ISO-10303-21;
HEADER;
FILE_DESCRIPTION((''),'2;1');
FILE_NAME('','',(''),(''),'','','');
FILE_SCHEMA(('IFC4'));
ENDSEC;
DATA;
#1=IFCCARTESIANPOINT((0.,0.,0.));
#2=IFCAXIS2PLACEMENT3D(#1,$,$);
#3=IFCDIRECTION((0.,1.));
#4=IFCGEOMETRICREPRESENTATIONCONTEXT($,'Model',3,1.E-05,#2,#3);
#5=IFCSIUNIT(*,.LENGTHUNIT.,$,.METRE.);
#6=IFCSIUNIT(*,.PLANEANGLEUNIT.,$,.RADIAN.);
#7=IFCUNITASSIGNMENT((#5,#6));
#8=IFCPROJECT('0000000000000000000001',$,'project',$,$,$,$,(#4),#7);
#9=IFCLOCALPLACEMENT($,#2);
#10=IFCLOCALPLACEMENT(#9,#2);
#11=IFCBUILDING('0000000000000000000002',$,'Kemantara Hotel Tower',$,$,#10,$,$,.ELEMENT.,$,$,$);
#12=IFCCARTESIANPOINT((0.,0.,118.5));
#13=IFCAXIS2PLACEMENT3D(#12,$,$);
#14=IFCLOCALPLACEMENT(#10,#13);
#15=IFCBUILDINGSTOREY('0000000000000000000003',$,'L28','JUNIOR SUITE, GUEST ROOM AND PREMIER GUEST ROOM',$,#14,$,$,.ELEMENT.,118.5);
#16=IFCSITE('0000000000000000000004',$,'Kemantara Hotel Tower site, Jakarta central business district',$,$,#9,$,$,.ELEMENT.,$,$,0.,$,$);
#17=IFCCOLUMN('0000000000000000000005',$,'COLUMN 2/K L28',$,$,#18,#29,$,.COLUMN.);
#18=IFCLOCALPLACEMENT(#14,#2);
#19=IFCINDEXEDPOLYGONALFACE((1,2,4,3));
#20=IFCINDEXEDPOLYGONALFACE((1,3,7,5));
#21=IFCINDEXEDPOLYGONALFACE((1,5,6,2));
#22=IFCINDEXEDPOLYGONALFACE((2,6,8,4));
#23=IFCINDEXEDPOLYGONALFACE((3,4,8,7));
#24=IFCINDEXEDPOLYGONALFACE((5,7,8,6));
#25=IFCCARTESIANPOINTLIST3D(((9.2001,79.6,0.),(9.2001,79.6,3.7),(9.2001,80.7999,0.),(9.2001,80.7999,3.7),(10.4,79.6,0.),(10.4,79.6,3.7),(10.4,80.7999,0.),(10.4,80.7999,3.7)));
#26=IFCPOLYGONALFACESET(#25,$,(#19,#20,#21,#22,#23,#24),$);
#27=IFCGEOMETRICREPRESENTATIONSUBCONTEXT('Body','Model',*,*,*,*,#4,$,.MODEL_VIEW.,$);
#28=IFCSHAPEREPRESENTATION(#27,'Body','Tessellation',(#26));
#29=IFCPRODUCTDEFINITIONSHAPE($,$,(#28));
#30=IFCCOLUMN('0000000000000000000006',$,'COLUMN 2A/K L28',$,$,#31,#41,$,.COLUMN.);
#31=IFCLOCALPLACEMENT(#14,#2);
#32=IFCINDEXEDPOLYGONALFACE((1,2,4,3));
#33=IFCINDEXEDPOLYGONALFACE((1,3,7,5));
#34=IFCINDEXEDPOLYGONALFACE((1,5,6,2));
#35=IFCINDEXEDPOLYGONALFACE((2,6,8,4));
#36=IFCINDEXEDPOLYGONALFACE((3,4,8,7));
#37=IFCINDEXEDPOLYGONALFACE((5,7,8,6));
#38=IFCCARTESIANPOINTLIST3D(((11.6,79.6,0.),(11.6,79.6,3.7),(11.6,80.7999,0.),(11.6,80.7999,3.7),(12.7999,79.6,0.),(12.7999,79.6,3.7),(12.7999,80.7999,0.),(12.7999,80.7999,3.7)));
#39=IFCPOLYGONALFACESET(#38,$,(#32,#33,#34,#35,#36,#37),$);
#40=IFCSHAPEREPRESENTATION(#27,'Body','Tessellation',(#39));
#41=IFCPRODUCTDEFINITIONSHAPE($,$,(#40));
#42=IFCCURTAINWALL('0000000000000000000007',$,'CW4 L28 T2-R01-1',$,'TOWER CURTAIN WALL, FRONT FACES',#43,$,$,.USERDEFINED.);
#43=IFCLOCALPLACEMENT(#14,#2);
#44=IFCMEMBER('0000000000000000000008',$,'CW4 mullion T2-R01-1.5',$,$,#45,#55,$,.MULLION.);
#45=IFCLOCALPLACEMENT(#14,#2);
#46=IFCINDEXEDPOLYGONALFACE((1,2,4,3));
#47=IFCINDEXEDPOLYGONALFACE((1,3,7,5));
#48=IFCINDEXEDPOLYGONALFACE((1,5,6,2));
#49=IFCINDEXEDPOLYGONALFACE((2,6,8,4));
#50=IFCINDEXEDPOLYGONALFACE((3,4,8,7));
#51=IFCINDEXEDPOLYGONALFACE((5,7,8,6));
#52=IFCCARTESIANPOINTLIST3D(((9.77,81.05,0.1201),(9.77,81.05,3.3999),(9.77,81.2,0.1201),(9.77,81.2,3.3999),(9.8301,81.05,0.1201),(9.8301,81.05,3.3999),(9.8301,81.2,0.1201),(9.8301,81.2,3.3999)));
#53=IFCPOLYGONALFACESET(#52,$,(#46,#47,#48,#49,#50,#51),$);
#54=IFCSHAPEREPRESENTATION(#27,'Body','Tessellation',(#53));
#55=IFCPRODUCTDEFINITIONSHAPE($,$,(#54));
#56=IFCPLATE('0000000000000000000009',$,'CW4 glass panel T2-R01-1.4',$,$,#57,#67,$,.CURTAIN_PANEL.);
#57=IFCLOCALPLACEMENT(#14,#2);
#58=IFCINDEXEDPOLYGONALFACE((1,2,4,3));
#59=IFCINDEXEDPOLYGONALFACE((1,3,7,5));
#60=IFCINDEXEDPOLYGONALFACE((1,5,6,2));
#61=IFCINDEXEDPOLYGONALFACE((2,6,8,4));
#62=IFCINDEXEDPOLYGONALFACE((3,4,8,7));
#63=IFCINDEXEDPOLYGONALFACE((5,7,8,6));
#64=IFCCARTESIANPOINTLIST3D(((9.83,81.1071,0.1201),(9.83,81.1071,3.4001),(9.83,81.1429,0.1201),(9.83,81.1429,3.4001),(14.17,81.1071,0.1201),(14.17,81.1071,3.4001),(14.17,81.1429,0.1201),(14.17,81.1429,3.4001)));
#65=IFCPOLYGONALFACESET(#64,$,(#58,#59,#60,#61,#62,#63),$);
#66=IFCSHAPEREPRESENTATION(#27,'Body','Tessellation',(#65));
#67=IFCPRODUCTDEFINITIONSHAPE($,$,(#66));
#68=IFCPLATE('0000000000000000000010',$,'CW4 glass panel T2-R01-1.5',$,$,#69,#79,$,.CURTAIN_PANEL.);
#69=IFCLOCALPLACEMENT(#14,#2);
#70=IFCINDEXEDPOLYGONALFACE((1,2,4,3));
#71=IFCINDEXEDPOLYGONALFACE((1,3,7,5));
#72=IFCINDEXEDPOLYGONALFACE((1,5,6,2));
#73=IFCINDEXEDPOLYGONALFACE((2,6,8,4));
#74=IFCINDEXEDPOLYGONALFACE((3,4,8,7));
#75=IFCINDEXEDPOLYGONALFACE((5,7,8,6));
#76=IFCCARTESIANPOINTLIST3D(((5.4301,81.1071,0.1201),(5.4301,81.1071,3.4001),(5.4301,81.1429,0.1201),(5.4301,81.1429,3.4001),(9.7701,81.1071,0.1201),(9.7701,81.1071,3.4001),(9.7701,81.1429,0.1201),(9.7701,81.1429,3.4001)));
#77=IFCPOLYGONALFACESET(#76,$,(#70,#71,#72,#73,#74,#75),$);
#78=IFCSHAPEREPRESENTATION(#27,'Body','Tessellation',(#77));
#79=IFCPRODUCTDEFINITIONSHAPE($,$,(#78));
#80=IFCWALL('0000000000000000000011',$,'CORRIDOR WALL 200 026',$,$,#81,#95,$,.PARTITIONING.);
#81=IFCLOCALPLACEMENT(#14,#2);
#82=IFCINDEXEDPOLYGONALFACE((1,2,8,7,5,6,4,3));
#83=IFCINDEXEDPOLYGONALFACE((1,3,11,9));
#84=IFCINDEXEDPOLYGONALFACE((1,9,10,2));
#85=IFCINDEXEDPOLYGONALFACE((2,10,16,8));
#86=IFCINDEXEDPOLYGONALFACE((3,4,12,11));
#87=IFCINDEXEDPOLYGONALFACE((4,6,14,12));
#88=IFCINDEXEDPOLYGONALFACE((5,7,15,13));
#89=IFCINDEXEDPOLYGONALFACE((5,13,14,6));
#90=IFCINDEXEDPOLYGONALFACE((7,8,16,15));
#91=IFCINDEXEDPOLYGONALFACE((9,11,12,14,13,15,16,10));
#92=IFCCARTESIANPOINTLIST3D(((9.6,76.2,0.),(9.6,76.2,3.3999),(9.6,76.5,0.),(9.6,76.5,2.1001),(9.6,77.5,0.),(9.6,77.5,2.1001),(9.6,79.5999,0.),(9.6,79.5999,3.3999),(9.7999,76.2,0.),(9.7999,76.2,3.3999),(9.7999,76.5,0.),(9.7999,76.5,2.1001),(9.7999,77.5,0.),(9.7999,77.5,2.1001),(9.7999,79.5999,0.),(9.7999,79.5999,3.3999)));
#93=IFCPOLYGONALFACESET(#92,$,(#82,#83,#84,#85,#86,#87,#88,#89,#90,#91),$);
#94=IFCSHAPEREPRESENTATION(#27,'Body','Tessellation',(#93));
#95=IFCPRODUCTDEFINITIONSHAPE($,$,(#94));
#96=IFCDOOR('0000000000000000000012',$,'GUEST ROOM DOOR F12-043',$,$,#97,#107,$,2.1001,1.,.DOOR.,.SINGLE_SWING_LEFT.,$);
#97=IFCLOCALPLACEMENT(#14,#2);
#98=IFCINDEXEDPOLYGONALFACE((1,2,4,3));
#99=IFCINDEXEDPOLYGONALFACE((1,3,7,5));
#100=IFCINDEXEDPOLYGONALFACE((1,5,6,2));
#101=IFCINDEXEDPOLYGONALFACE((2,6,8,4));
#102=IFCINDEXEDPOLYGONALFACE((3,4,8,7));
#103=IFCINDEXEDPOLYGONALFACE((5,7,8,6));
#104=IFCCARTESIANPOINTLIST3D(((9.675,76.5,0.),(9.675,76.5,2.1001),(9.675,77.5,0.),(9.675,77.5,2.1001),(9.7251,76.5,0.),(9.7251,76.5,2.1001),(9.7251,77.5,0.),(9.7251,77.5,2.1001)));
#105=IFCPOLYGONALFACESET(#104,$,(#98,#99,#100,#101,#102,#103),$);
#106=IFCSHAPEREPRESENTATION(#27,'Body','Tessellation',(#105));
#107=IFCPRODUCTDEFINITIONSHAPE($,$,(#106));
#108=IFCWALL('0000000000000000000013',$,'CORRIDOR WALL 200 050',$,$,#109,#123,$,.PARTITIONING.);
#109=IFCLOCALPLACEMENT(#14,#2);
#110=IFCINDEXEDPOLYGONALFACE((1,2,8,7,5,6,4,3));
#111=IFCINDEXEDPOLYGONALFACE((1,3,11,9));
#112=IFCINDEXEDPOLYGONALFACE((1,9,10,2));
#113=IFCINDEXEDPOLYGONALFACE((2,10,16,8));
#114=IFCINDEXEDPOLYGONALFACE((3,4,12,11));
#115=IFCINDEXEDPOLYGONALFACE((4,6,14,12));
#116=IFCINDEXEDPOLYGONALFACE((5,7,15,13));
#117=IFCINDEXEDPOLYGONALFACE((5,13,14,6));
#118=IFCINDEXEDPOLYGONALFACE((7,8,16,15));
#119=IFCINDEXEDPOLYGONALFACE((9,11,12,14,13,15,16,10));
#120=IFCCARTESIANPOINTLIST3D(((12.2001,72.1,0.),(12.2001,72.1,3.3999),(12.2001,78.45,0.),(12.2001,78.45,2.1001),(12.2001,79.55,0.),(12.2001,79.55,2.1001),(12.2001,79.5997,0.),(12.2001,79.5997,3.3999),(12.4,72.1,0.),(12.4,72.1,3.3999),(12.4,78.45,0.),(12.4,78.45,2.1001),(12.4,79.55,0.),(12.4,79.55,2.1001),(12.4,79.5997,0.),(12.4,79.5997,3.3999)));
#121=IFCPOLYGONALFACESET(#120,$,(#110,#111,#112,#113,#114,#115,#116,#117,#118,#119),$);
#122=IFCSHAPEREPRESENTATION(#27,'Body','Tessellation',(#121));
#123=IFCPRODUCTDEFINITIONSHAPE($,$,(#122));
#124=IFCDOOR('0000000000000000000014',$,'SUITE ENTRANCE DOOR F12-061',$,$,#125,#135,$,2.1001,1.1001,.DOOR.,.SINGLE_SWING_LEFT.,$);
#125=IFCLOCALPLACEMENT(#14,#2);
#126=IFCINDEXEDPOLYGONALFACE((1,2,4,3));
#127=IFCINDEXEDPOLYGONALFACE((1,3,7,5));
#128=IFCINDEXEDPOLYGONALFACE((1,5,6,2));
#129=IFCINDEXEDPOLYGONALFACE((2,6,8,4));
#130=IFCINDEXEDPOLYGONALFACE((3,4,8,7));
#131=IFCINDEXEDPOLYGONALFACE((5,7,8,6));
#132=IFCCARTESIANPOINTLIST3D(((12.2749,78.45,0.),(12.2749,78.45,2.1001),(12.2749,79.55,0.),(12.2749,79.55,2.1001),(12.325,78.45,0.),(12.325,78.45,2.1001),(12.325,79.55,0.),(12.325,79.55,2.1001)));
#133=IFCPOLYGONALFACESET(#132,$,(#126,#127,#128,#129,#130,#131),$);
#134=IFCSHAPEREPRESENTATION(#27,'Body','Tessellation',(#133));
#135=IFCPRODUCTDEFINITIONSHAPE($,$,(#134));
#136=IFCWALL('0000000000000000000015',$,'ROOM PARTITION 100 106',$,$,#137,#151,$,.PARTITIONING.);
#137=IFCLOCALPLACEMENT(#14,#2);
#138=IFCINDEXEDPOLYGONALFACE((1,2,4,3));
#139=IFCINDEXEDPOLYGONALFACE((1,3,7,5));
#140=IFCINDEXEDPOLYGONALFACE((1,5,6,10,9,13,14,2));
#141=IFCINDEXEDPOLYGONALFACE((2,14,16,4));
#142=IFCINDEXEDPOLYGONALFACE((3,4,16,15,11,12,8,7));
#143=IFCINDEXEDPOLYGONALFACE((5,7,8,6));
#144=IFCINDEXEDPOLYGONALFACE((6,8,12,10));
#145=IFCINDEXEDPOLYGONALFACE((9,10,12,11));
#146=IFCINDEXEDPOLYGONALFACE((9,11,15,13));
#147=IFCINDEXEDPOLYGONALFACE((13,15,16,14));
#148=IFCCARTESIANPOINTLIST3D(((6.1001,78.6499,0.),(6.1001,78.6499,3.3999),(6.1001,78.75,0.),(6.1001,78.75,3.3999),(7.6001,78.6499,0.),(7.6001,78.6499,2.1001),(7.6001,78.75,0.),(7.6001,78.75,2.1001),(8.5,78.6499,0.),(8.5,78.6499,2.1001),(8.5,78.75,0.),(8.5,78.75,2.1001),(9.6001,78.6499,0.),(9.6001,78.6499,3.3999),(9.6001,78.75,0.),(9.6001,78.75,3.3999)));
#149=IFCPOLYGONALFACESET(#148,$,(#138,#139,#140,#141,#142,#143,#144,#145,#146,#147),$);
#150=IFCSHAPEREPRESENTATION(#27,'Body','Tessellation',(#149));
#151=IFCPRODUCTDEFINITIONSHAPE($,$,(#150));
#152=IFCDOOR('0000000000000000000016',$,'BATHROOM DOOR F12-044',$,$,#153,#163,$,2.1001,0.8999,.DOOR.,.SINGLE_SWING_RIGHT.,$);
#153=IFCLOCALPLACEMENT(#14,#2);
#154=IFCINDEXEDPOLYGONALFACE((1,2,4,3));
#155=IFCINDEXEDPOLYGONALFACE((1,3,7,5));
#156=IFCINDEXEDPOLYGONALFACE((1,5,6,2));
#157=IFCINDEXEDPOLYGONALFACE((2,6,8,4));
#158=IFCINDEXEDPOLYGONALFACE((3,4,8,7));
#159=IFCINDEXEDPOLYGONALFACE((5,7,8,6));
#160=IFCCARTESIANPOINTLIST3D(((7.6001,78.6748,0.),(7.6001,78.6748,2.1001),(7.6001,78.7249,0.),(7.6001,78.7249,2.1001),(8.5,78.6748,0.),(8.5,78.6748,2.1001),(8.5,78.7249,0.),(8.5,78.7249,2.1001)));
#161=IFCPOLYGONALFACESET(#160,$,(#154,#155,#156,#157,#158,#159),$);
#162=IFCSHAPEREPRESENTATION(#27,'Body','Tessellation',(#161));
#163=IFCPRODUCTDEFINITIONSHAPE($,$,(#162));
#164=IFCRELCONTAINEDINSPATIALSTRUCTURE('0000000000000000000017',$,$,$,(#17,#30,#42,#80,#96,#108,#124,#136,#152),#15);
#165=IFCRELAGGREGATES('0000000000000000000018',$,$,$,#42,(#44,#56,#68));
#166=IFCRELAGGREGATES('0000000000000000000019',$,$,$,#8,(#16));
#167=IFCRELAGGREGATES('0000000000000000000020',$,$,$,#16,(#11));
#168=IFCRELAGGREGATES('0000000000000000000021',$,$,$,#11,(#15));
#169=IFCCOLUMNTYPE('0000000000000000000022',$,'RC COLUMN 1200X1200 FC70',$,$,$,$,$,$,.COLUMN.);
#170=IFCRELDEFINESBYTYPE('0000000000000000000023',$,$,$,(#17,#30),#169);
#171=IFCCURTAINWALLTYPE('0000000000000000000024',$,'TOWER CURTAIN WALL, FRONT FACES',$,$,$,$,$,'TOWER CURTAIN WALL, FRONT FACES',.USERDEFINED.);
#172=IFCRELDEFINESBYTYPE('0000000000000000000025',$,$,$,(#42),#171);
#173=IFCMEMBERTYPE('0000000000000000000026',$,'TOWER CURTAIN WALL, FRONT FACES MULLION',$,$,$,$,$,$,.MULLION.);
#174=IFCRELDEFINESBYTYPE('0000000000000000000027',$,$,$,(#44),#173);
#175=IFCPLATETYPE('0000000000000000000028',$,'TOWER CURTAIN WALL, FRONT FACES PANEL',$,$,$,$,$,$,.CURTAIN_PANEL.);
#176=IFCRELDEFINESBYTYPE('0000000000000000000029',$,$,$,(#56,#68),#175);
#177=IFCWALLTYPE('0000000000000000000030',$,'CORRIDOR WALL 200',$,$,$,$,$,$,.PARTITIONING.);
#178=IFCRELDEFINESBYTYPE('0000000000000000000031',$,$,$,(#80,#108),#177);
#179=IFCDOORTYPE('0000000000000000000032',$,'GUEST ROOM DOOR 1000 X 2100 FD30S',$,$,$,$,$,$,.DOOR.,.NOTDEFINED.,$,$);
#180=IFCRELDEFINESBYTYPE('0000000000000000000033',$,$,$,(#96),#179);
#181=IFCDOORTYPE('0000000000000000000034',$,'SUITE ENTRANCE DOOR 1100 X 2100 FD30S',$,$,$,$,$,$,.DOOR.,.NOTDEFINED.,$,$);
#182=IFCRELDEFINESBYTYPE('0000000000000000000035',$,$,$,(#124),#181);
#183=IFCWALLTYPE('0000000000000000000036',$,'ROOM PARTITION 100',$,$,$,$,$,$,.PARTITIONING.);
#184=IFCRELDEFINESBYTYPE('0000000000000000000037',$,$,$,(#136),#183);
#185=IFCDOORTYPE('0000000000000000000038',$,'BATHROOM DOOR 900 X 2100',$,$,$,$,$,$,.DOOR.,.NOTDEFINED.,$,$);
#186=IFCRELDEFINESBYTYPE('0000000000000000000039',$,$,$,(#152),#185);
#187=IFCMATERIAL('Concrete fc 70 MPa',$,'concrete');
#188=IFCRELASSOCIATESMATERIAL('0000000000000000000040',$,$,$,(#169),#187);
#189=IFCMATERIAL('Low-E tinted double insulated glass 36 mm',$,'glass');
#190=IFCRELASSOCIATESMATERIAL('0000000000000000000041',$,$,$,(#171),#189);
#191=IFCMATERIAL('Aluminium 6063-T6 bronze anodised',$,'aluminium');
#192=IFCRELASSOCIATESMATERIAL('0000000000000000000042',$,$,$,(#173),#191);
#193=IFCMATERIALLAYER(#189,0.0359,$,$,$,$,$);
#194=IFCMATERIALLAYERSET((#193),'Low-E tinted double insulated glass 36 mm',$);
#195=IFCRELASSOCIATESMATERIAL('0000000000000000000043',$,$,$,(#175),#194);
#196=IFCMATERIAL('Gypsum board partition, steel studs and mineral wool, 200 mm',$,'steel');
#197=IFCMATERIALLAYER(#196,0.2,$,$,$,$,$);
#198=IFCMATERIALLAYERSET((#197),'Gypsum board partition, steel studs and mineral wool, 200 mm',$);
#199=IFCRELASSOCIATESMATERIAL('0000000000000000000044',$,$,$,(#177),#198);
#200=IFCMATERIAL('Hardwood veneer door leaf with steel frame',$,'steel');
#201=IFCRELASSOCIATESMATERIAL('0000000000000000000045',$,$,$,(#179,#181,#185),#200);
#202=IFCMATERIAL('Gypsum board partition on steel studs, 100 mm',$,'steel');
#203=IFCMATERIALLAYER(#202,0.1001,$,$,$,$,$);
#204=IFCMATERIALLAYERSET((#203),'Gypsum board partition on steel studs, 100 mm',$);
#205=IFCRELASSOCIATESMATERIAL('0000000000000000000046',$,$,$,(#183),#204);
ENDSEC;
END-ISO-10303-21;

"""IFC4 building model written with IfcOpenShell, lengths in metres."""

from ifc_helpers import new_model, si_unit, direction, frame, frame_2d, origin, origin_2d, place, context, subcontext, project, spatial, rectangle, extrude, source, transform, mapped, material, layer, layer_set, material_profile, profile_set, type_object, element, fill, aggregate, save


model = new_model("IFC4")

# Units and contexts
model_context = context("Model", 3, precision=1e-05, world=origin(), true_north=direction((0.0, 1.0)))
body_context = subcontext(model_context, "Body", "Model", "MODEL_VIEW")
ifc_project = project(units=[si_unit("LENGTHUNIT", "METRE"), si_unit("PLANEANGLEUNIT", "RADIAN")], contexts=[model_context])

# Site, building, storey
site_placement = place(None, origin())
site = spatial("IfcSite", under=ifc_project, at=site_placement, Name="Kemantara Hotel Tower site, Jakarta central business district", CompositionType="ELEMENT", RefElevation=0.0)
building_placement = place(site_placement, origin())
building = spatial("IfcBuilding", under=site, at=building_placement, Name="Kemantara Hotel Tower", CompositionType="ELEMENT")
storey_placement = place(building_placement, frame((0.0, 0.0, 118.5)))
storey = spatial("IfcBuildingStorey", under=building, at=storey_placement, Name="L28", Description="JUNIOR SUITE, GUEST ROOM AND PREMIER GUEST ROOM", CompositionType="ELEMENT", Elevation=118.5)

# Columns
ifc_material_1 = material(Name="Concrete fc 70 MPa", Category="concrete")
ifc_material_profile_1 = material_profile(ifc_material_1, rectangle(XDim=1.2, YDim=1.2, at=origin_2d()), Name="RC 1200X1200")
ifc_profile_set_1 = profile_set([ifc_material_profile_1], Name="Concrete fc 70 MPa")
column_type = type_object("IfcColumnType", Name="RC COLUMN 1200X1200 FC70", PredefinedType="COLUMN", material=ifc_profile_set_1)
for number, where, z_axis, x_axis, name in (
    (1, (9.8, 80.2, 0.0), (0.0, 0.0, 1.0), (1.0, 0.0, 0.0), "COLUMN 2/K L28"),
    (2, (12.2, 80.2, 0.0), (0.0, 0.0, 1.0), (1.0, 0.0, 0.0), "COLUMN 2A/K L28"),
):
    element("IfcColumn", number, at=place(storey_placement, frame(where, z_axis=z_axis, x_axis=x_axis)), inside=storey, type_object=column_type, Name=name, PredefinedType="COLUMN", context=body_context, shape_type="SweptSolid", body=[
        extrude(rectangle(XDim=1.2, YDim=1.2, at=origin_2d()), origin(), (0.0, 0.0, 1.0), 3.7),
    ])

# Curtain wall, member, plates
ifc_material_2 = material(Name="Low-E tinted double insulated glass 36 mm", Category="glass")
curtain_wall_type = type_object("IfcCurtainWallType", Name="TOWER CURTAIN WALL, FRONT FACES", ElementType="TOWER CURTAIN WALL, FRONT FACES", PredefinedType="USERDEFINED", material=ifc_material_2)
curtain_wall_placement = place(storey_placement, origin())
curtain_wall = element("IfcCurtainWall", 3, at=curtain_wall_placement, inside=storey, type_object=curtain_wall_type, Name="CW4 L28 T2-R01-1", ObjectType="TOWER CURTAIN WALL, FRONT FACES", PredefinedType="USERDEFINED")
ifc_material_3 = material(Name="Aluminium 6063-T6 bronze anodised", Category="aluminium")
ifc_material_profile_2 = material_profile(ifc_material_3, rectangle(XDim=0.1499, YDim=0.0601, at=origin_2d()), Name="TOWER CURTAIN WALL, FRONT FACES MULLION")
ifc_profile_set_2 = profile_set([ifc_material_profile_2], Name="Aluminium 6063-T6 bronze anodised")
member_type = type_object("IfcMemberType", Name="TOWER CURTAIN WALL, FRONT FACES MULLION", PredefinedType="MULLION", material=ifc_profile_set_2)
shared_shape_1 = source(origin(), body_context, "Body", "SweptSolid", [
    extrude(rectangle(XDim=0.1499, YDim=0.0601, at=origin_2d()), origin(), (0.0, 0.0, 1.0), 3.2798),
])
member_placement = place(storey_placement, frame((9.8, 81.125, 0.1201), z_axis=(0.0, 0.0, 1.0), x_axis=(0.0, -1.0, 0.0)))
member = element("IfcMember", 4, at=member_placement, type_object=member_type, Name="CW4 mullion T2-R01-1.5", PredefinedType="MULLION", context=body_context, shape_type="MappedRepresentation", body=[
    mapped(shared_shape_1, transform((0.0, 0.0, 0.0))),
])
ifc_layer_1 = layer(ifc_material_2, 0.0359)
ifc_layer_set_1 = layer_set([ifc_layer_1], Name="Low-E tinted double insulated glass 36 mm")
plate_type = type_object("IfcPlateType", Name="TOWER CURTAIN WALL, FRONT FACES PANEL", PredefinedType="CURTAIN_PANEL", material=ifc_layer_set_1)
shared_shape_2 = source(origin(), body_context, "Body", "SweptSolid", [
    extrude(rectangle(XDim=4.3401, YDim=0.0359, at=origin_2d()), origin(), (0.0, 0.0, 1.0), 3.28),
])
plate_1_placement = place(storey_placement, frame((12.0, 81.125, 0.1201), z_axis=(0.0, 0.0, 1.0), x_axis=(-1.0, 0.0, 0.0)))
plate_1 = element("IfcPlate", 5, at=plate_1_placement, type_object=plate_type, Name="CW4 glass panel T2-R01-1.4", PredefinedType="CURTAIN_PANEL", context=body_context, shape_type="MappedRepresentation", body=[
    mapped(shared_shape_2, transform((0.0, 0.0, 0.0))),
])
plate_2_placement = place(storey_placement, frame((7.6001, 81.125, 0.1201), z_axis=(0.0, 0.0, 1.0), x_axis=(-1.0, 0.0, 0.0)))
plate_2 = element("IfcPlate", 6, at=plate_2_placement, type_object=plate_type, Name="CW4 glass panel T2-R01-1.5", PredefinedType="CURTAIN_PANEL", context=body_context, shape_type="MappedRepresentation", body=[
    mapped(shared_shape_2, transform((0.0, 0.0, 0.0))),
])
aggregate(curtain_wall, [member, plate_1, plate_2])

# Walls, openings, doors
ifc_material_4 = material(Name="Gypsum board partition, steel studs and mineral wool, 200 mm", Category="steel")
ifc_layer_2 = layer(ifc_material_4, 0.2)
ifc_layer_set_2 = layer_set([ifc_layer_2], Name="Gypsum board partition, steel studs and mineral wool, 200 mm")
wall_type_1 = type_object("IfcWallType", Name="CORRIDOR WALL 200", PredefinedType="PARTITIONING", material=ifc_layer_set_2)
wall_1_placement = place(storey_placement, frame((9.7, 76.2, 0.0), z_axis=(0.0, 0.0, 1.0), x_axis=(0.0, 1.0, 0.0)))
wall_1 = element("IfcWall", 7, at=wall_1_placement, inside=storey, type_object=wall_type_1, Name="CORRIDOR WALL 200 026", PredefinedType="PARTITIONING", context=body_context, shape_type="SweptSolid", body=[
    extrude(rectangle(XDim=3.3999, YDim=0.2, at=frame_2d((1.7, 0.0))), origin(), (0.0, 0.0, 1.0), 3.3999),
])
opening_1_placement = place(wall_1_placement, frame((0.3, 0.0, 0.0)))
opening_1 = element("IfcOpeningElement", 8, at=opening_1_placement, cuts=wall_1, PredefinedType="OPENING", context=body_context, shape_type="SweptSolid", body=[
    extrude(rectangle(XDim=1.0, YDim=2.1001, at=frame_2d((0.5, 1.05))), frame((0.0, 0.1099, 0.0), z_axis=(0.0, -1.0, 0.0), x_axis=(1.0, 0.0, 0.0)), (0.0, 0.0, 1.0), 0.22),
])
ifc_material_5 = material(Name="Hardwood veneer door leaf with steel frame", Category="steel")
door_type_1 = type_object("IfcDoorType", Name="GUEST ROOM DOOR 1000 X 2100 FD30S", OperationType="NOTDEFINED", PredefinedType="DOOR", material=ifc_material_5)
door_1_placement = place(opening_1_placement, origin())
door_1 = element("IfcDoor", 9, at=door_1_placement, inside=storey, type_object=door_type_1, Name="GUEST ROOM DOOR F12-043", OperationType="SINGLE_SWING_LEFT", OverallHeight=2.1001, OverallWidth=1.0, PredefinedType="DOOR", context=body_context, shape_type="SweptSolid", body=[
    extrude(rectangle(XDim=1.0, YDim=2.1001, at=frame_2d((0.5, 1.05))), frame((0.0, 0.0249, 0.0), z_axis=(0.0, -1.0, 0.0), x_axis=(1.0, 0.0, 0.0)), (0.0, 0.0, 1.0), 0.05),
])
fill(opening_1, door_1)
wall_2_placement = place(storey_placement, frame((12.3, 79.5999, 0.0), z_axis=(0.0, 0.0, 1.0), x_axis=(0.0, -1.0, 0.0)))
wall_2 = element("IfcWall", 10, at=wall_2_placement, inside=storey, type_object=wall_type_1, Name="CORRIDOR WALL 200 050", PredefinedType="PARTITIONING", context=body_context, shape_type="SweptSolid", body=[
    extrude(rectangle(XDim=7.4998, YDim=0.2, at=frame_2d((3.75, 0.0))), origin(), (0.0, 0.0, 1.0), 3.3999),
])
opening_2_placement = place(wall_2_placement, frame((0.0498, 0.0, 0.0)))
opening_2 = element("IfcOpeningElement", 11, at=opening_2_placement, cuts=wall_2, PredefinedType="OPENING", context=body_context, shape_type="SweptSolid", body=[
    extrude(rectangle(XDim=1.1001, YDim=2.1001, at=frame_2d((0.55, 1.05))), frame((0.0, 0.1099, 0.0), z_axis=(0.0, -1.0, 0.0), x_axis=(1.0, 0.0, 0.0)), (0.0, 0.0, 1.0), 0.22),
])
door_type_2 = type_object("IfcDoorType", Name="SUITE ENTRANCE DOOR 1100 X 2100 FD30S", OperationType="NOTDEFINED", PredefinedType="DOOR", material=ifc_material_5)
door_2_placement = place(opening_2_placement, origin())
door_2 = element("IfcDoor", 12, at=door_2_placement, inside=storey, type_object=door_type_2, Name="SUITE ENTRANCE DOOR F12-061", OperationType="SINGLE_SWING_LEFT", OverallHeight=2.1001, OverallWidth=1.1001, PredefinedType="DOOR", context=body_context, shape_type="SweptSolid", body=[
    extrude(rectangle(XDim=1.1001, YDim=2.1001, at=frame_2d((0.55, 1.05))), frame((0.0, 0.0249, 0.0), z_axis=(0.0, -1.0, 0.0), x_axis=(1.0, 0.0, 0.0)), (0.0, 0.0, 1.0), 0.05),
])
fill(opening_2, door_2)
ifc_material_6 = material(Name="Gypsum board partition on steel studs, 100 mm", Category="steel")
ifc_layer_3 = layer(ifc_material_6, 0.1001)
ifc_layer_set_3 = layer_set([ifc_layer_3], Name="Gypsum board partition on steel studs, 100 mm")
wall_type_2 = type_object("IfcWallType", Name="ROOM PARTITION 100", PredefinedType="PARTITIONING", material=ifc_layer_set_3)
wall_3_placement = place(storey_placement, frame((6.1001, 78.7, 0.0), z_axis=(0.0, 0.0, 1.0), x_axis=(1.0, 0.0, 0.0)))
wall_3 = element("IfcWall", 13, at=wall_3_placement, inside=storey, type_object=wall_type_2, Name="ROOM PARTITION 100 106", PredefinedType="PARTITIONING", context=body_context, shape_type="SweptSolid", body=[
    extrude(rectangle(XDim=3.5, YDim=0.1001, at=frame_2d((1.75, 0.0))), origin(), (0.0, 0.0, 1.0), 3.3999),
])
opening_3_placement = place(wall_3_placement, frame((1.5, 0.0, 0.0)))
opening_3 = element("IfcOpeningElement", 14, at=opening_3_placement, cuts=wall_3, PredefinedType="OPENING", context=body_context, shape_type="SweptSolid", body=[
    extrude(rectangle(XDim=0.8999, YDim=2.1001, at=frame_2d((0.45, 1.05))), frame((0.0, 0.0601, 0.0), z_axis=(0.0, -1.0, 0.0), x_axis=(1.0, 0.0, 0.0)), (0.0, 0.0, 1.0), 0.1201),
])
door_type_3 = type_object("IfcDoorType", Name="BATHROOM DOOR 900 X 2100", OperationType="NOTDEFINED", PredefinedType="DOOR", material=ifc_material_5)
door_3_placement = place(opening_3_placement, origin())
door_3 = element("IfcDoor", 15, at=door_3_placement, inside=storey, type_object=door_type_3, Name="BATHROOM DOOR F12-044", OperationType="SINGLE_SWING_RIGHT", OverallHeight=2.1001, OverallWidth=0.8999, PredefinedType="DOOR", context=body_context, shape_type="SweptSolid", body=[
    extrude(rectangle(XDim=0.8999, YDim=2.1001, at=frame_2d((0.45, 1.05))), frame((0.0, 0.0249, 0.0), z_axis=(0.0, -1.0, 0.0), x_axis=(1.0, 0.0, 0.0)), (0.0, 0.0, 1.0), 0.05),
])
fill(opening_3, door_3)

save(model, "model.ifc")
